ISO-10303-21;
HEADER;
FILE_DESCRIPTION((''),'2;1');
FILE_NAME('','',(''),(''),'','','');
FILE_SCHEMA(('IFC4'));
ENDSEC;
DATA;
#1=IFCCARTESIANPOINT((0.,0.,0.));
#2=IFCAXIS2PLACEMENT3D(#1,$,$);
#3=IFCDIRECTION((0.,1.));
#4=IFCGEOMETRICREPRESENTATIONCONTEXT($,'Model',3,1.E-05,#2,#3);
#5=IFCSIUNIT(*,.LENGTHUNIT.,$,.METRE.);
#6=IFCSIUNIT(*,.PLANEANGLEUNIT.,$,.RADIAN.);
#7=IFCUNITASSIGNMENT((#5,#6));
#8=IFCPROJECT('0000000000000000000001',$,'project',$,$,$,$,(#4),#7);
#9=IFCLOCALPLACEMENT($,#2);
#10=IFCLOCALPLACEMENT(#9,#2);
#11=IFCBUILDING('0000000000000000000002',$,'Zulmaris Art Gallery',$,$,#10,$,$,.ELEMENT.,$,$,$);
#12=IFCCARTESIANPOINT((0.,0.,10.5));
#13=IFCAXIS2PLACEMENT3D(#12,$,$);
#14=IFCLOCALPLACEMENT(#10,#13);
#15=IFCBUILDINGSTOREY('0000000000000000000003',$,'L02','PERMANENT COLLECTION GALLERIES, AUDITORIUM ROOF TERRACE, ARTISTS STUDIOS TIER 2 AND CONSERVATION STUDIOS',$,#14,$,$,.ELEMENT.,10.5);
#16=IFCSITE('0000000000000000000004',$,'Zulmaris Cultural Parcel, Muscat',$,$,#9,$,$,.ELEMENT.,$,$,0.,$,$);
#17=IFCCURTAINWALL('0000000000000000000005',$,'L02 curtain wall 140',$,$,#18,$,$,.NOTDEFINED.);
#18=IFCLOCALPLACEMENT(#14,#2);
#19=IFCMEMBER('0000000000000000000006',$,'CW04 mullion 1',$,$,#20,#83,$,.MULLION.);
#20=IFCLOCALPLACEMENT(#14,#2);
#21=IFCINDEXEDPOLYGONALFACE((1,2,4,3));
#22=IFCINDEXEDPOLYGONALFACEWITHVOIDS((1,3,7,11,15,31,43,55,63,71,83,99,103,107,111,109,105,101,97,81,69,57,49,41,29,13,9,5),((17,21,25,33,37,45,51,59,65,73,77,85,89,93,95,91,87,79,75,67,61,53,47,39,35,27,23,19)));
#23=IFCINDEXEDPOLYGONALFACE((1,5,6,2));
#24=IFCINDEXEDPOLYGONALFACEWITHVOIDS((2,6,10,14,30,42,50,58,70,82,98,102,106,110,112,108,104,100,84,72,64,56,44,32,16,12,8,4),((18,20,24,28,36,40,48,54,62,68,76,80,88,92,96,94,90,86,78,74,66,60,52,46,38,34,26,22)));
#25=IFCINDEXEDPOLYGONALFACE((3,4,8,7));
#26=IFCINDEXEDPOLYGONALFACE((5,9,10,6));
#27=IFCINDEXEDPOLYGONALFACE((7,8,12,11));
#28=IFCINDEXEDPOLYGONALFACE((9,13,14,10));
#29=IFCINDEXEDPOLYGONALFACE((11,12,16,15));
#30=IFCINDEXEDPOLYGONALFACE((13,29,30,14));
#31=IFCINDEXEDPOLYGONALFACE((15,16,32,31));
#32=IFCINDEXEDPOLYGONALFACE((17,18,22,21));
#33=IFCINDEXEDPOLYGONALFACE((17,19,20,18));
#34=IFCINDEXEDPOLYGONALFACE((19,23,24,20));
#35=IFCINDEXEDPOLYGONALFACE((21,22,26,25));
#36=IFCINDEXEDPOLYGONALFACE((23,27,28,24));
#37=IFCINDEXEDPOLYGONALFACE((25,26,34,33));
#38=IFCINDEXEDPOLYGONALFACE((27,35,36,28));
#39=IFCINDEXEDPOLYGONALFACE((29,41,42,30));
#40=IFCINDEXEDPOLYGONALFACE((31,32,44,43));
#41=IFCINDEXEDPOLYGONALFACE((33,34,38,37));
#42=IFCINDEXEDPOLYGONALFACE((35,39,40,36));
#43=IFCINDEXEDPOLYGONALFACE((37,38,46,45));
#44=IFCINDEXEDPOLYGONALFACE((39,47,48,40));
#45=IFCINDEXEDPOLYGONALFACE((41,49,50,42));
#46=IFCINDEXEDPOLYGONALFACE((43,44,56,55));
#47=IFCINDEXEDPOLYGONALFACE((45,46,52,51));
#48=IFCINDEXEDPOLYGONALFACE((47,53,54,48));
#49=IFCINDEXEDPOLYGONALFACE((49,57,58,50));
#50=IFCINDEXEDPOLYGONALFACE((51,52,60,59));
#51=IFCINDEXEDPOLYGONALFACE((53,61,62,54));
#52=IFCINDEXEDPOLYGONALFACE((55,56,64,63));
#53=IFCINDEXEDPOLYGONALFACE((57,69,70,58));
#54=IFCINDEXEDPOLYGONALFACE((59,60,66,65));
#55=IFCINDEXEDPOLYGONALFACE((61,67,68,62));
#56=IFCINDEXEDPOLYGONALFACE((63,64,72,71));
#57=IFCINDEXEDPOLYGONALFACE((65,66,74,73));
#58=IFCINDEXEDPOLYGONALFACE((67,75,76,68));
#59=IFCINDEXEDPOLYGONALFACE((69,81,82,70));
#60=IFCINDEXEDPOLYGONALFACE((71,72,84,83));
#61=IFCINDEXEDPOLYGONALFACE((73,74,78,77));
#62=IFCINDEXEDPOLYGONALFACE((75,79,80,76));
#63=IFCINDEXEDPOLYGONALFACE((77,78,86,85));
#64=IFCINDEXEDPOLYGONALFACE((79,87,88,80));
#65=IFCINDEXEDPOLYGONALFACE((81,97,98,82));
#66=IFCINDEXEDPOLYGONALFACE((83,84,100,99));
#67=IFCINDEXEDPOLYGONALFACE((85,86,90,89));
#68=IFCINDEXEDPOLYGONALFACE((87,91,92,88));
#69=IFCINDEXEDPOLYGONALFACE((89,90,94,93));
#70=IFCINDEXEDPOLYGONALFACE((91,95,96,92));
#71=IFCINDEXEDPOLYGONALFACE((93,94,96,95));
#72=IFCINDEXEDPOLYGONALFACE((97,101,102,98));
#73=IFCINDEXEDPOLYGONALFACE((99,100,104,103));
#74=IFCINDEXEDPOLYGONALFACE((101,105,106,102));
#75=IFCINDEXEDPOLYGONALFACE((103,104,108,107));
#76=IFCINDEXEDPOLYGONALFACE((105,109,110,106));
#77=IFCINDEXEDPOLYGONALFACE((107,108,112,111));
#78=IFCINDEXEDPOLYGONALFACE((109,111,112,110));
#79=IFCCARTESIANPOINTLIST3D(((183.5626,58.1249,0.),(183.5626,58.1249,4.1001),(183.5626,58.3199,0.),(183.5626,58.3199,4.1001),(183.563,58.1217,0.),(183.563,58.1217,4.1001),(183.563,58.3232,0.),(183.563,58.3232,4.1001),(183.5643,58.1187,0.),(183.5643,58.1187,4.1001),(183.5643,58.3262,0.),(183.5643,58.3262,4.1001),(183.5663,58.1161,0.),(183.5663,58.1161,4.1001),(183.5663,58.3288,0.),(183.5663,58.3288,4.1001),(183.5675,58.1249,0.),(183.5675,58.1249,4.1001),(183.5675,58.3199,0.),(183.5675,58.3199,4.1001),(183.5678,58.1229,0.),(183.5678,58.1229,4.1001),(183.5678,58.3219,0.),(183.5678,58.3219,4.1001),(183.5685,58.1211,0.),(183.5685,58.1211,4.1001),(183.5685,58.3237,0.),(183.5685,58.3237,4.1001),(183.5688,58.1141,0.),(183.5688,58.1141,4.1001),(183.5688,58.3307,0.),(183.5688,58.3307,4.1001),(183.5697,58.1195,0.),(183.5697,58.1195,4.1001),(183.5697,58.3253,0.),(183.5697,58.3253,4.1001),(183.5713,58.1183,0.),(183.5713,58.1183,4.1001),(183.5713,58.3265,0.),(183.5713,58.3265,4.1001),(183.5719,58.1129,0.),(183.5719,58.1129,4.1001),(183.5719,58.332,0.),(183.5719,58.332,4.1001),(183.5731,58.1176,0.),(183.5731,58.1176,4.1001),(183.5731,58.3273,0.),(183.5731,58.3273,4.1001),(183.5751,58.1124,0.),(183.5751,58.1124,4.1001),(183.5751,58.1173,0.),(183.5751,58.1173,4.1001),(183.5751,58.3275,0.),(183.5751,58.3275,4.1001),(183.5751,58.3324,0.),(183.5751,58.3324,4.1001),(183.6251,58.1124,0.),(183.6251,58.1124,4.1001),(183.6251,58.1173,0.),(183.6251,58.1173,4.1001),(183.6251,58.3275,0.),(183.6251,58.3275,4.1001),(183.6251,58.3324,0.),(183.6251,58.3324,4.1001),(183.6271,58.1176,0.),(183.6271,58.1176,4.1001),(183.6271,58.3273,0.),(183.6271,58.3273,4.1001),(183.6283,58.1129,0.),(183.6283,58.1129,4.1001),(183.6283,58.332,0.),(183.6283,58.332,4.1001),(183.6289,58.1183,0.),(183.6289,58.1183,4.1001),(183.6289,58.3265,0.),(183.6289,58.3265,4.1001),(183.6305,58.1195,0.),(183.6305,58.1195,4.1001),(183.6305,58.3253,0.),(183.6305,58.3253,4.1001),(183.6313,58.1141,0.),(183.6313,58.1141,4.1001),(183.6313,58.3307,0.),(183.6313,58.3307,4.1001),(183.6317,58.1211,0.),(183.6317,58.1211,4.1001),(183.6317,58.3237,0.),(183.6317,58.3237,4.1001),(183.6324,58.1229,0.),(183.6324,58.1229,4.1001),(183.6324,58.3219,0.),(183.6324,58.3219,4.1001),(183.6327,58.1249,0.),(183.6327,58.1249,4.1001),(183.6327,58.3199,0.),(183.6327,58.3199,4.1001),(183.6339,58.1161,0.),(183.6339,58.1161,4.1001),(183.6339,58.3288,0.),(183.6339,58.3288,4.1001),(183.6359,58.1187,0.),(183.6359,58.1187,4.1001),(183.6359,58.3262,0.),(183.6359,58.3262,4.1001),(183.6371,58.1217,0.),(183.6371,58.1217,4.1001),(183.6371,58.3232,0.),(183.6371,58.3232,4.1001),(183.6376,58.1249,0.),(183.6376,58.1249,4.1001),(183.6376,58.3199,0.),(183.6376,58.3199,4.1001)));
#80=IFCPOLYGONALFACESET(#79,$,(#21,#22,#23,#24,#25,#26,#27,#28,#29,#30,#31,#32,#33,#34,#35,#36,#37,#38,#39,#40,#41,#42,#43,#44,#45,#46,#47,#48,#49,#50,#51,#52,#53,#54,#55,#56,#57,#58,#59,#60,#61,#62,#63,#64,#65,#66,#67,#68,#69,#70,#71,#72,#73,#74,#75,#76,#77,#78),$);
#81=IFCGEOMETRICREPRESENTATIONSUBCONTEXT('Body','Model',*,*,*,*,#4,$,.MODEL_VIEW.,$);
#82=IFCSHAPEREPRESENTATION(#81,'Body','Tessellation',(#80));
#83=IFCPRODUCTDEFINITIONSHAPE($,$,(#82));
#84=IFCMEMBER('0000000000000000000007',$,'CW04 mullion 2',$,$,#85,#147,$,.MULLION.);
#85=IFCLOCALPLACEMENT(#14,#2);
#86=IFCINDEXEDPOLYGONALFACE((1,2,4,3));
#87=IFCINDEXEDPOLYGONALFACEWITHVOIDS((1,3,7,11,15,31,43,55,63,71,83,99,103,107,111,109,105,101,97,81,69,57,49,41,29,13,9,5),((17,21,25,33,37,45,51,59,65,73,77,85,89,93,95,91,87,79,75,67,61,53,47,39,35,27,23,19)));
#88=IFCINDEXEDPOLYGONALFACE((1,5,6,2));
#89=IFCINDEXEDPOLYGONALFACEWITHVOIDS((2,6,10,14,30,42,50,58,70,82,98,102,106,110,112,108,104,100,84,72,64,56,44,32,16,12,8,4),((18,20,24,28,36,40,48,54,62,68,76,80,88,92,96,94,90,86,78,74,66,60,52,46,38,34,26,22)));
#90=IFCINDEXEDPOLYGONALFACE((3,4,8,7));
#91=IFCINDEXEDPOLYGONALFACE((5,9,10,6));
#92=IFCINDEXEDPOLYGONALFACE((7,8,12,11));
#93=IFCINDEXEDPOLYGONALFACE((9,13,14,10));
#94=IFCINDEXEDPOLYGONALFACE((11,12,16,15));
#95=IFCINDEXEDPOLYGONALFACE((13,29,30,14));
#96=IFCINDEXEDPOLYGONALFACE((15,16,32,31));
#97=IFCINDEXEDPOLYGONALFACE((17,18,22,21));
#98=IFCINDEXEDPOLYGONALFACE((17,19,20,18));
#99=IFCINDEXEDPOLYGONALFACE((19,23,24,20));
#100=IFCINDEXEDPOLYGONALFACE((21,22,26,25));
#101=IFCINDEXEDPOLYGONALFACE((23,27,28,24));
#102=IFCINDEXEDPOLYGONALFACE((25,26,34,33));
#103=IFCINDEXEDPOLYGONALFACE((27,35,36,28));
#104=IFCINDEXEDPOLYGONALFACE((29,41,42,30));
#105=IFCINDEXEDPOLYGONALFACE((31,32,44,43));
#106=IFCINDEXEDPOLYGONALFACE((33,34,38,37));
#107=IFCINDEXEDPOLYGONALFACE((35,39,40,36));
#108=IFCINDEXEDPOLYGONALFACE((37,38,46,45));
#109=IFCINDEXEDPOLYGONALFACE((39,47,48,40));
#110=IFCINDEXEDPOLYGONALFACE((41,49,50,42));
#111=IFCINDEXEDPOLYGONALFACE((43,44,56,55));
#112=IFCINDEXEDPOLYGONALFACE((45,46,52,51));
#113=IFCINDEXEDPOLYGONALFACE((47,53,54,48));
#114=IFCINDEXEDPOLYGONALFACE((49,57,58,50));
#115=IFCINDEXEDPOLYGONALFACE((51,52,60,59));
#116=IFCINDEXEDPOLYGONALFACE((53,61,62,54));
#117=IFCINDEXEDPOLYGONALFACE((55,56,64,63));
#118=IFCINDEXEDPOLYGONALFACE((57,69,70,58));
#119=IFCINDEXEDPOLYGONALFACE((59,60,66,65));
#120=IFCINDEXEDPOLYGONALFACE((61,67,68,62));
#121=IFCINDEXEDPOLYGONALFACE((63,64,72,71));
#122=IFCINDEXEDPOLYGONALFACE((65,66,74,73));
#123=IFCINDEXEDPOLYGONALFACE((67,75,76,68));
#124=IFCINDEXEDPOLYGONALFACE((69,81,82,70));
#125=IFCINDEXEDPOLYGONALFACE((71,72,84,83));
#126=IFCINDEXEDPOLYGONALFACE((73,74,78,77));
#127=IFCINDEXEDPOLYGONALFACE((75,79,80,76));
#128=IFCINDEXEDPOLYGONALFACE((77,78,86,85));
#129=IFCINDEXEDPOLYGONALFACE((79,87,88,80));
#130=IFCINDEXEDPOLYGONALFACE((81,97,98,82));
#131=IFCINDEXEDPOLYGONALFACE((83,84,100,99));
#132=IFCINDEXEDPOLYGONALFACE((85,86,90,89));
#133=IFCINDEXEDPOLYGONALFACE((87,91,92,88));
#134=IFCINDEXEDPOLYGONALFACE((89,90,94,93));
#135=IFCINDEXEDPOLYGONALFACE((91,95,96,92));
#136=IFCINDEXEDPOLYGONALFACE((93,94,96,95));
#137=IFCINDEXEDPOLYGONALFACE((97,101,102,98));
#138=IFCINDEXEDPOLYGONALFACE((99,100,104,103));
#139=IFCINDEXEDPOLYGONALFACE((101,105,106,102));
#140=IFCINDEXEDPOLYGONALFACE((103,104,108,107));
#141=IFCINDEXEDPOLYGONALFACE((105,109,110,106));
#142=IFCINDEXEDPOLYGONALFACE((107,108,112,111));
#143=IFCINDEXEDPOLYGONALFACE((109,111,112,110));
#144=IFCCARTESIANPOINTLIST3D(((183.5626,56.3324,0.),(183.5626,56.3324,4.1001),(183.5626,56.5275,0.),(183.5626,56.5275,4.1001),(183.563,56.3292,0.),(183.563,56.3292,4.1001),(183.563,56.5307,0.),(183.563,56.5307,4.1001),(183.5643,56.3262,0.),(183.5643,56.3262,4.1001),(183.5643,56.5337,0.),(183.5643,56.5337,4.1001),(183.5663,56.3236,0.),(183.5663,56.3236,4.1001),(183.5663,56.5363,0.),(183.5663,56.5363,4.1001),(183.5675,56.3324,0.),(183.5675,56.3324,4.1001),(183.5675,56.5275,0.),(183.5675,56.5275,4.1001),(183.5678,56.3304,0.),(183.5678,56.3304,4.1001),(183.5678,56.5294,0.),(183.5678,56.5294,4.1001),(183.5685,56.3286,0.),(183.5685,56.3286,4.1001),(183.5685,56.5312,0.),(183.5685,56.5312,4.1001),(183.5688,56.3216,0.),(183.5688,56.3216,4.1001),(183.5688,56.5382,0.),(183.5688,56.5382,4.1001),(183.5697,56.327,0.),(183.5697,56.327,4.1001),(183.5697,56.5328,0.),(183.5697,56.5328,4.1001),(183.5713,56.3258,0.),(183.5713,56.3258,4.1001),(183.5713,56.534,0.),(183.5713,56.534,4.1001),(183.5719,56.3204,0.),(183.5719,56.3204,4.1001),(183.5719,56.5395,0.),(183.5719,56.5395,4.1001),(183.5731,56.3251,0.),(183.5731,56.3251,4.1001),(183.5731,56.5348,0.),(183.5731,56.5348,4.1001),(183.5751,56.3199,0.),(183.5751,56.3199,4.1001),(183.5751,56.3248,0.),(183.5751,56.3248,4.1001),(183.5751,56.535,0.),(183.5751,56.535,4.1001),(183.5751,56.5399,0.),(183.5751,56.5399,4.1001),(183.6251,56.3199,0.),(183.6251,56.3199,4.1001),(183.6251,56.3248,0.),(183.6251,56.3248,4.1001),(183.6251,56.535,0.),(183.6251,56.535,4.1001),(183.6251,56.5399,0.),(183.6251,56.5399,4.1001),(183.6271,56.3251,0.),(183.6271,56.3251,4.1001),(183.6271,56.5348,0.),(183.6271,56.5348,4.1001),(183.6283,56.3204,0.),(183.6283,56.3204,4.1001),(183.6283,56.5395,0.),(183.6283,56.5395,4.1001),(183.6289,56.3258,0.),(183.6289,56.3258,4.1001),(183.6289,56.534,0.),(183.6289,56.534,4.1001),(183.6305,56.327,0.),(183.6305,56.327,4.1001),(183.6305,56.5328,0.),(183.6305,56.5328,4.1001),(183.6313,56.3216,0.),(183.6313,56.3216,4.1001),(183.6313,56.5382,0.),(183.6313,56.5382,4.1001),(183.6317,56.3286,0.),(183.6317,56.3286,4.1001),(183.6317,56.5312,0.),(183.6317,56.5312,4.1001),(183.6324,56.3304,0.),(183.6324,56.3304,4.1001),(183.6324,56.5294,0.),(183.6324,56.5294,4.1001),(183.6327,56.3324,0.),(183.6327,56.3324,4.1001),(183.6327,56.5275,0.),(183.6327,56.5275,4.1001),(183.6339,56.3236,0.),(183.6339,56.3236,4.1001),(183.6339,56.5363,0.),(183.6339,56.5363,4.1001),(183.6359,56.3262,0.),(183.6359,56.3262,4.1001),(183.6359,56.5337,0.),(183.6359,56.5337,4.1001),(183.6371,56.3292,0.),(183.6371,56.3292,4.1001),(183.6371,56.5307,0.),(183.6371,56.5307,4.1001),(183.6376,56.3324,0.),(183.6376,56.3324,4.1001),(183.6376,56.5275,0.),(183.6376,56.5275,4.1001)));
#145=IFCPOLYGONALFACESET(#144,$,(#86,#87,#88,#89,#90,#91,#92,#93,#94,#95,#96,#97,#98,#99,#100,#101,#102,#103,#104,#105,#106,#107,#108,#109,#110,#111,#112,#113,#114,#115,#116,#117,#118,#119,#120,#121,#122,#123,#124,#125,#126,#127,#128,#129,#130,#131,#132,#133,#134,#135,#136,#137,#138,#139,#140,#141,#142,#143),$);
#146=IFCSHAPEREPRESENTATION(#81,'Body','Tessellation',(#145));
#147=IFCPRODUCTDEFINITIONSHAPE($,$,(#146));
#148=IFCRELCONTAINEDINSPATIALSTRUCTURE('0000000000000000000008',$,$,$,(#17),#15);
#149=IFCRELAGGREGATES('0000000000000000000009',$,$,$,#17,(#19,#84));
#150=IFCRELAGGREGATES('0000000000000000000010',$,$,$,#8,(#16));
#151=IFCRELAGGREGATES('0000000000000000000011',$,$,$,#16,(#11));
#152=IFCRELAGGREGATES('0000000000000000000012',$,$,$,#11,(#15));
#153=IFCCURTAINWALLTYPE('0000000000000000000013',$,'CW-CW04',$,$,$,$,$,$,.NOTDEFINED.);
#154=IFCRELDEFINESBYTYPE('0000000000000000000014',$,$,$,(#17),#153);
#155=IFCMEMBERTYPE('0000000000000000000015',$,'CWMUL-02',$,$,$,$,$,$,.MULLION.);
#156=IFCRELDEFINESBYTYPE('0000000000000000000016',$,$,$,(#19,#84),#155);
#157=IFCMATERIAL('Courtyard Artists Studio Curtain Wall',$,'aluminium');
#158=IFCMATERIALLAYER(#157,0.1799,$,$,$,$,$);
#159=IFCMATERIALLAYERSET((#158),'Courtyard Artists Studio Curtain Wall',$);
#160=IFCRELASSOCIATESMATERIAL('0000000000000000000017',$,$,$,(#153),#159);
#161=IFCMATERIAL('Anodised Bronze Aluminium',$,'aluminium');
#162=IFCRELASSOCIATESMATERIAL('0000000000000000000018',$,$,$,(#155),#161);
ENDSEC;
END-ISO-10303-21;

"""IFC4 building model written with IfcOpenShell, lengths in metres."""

from ifc_helpers import new_model, si_unit, direction, frame, origin, origin_2d, place, context, subcontext, project, spatial, hollow_rectangle, extrude, material, layer, layer_set, material_profile, profile_set, type_object, element, aggregate, save


model = new_model("IFC4")

# Units and contexts
model_context = context("Model", 3, precision=1e-05, world=origin(), true_north=direction((0.0, 1.0)))
body_context = subcontext(model_context, "Body", "Model", "MODEL_VIEW")
ifc_project = project(units=[si_unit("LENGTHUNIT", "METRE"), si_unit("PLANEANGLEUNIT", "RADIAN")], contexts=[model_context])

# Site, building, storey
site_placement = place(None, origin())
site = spatial("IfcSite", under=ifc_project, at=site_placement, Name="Zulmaris Cultural Parcel, Muscat", CompositionType="ELEMENT", RefElevation=0.0)
building_placement = place(site_placement, origin())
building = spatial("IfcBuilding", under=site, at=building_placement, Name="Zulmaris Art Gallery", CompositionType="ELEMENT")
storey_placement = place(building_placement, frame((0.0, 0.0, 10.5)))
storey = spatial("IfcBuildingStorey", under=building, at=storey_placement, Name="L02", Description="PERMANENT COLLECTION GALLERIES, AUDITORIUM ROOF TERRACE, ARTISTS STUDIOS TIER 2 AND CONSERVATION STUDIOS", CompositionType="ELEMENT", Elevation=10.5)

# Curtain wall, members
ifc_material_1 = material(Name="Courtyard Artists Studio Curtain Wall", Category="aluminium")
ifc_layer_1 = layer(ifc_material_1, 0.1799)
ifc_layer_set_1 = layer_set([ifc_layer_1], Name="Courtyard Artists Studio Curtain Wall")
curtain_wall_type = type_object("IfcCurtainWallType", Name="CW-CW04", PredefinedType="NOTDEFINED", material=ifc_layer_set_1)
curtain_wall_placement = place(storey_placement, origin())
curtain_wall = element("IfcCurtainWall", 1, at=curtain_wall_placement, inside=storey, type_object=curtain_wall_type, Name="L02 curtain wall 140", PredefinedType="NOTDEFINED")
ifc_material_2 = material(Name="Anodised Bronze Aluminium", Category="aluminium")
ifc_material_profile_1 = material_profile(ifc_material_2, hollow_rectangle(XDim=0.075, YDim=0.22, WallThickness=0.0049, InnerFilletRadius=0.0076, OuterFilletRadius=0.0125, at=origin_2d()), Name="ALU 75x220x5")
ifc_profile_set_1 = profile_set([ifc_material_profile_1], Name="Anodised Bronze Aluminium")
member_type_1 = type_object("IfcMemberType", Name="CWMUL-02", PredefinedType="MULLION", material=ifc_profile_set_1)
member_1_placement = place(storey_placement, frame((183.6001, 58.2224, 0.0), z_axis=(0.0, 0.0, 1.0), x_axis=(1.0, 0.0, 0.0)))
member_1 = element("IfcMember", 2, at=member_1_placement, type_object=member_type_1, Name="CW04 mullion 1", PredefinedType="MULLION", context=body_context, shape_type="SweptSolid", body=[
    extrude(hollow_rectangle(XDim=0.075, YDim=0.22, WallThickness=0.0049, InnerFilletRadius=0.0076, OuterFilletRadius=0.0125, at=origin_2d()), origin(), (0.0, 0.0, 1.0), 4.1001),
])
member_2_placement = place(storey_placement, frame((183.6001, 56.4299, 0.0), z_axis=(0.0, 0.0, 1.0), x_axis=(1.0, 0.0, 0.0)))
member_2 = element("IfcMember", 3, at=member_2_placement, type_object=member_type_1, Name="CW04 mullion 2", PredefinedType="MULLION", context=body_context, shape_type="SweptSolid", body=[
    extrude(hollow_rectangle(XDim=0.075, YDim=0.22, WallThickness=0.0049, InnerFilletRadius=0.0076, OuterFilletRadius=0.0125, at=origin_2d()), origin(), (0.0, 0.0, 1.0), 4.1001),
])
aggregate(curtain_wall, [member_1, member_2])

save(model, "model.ifc")
